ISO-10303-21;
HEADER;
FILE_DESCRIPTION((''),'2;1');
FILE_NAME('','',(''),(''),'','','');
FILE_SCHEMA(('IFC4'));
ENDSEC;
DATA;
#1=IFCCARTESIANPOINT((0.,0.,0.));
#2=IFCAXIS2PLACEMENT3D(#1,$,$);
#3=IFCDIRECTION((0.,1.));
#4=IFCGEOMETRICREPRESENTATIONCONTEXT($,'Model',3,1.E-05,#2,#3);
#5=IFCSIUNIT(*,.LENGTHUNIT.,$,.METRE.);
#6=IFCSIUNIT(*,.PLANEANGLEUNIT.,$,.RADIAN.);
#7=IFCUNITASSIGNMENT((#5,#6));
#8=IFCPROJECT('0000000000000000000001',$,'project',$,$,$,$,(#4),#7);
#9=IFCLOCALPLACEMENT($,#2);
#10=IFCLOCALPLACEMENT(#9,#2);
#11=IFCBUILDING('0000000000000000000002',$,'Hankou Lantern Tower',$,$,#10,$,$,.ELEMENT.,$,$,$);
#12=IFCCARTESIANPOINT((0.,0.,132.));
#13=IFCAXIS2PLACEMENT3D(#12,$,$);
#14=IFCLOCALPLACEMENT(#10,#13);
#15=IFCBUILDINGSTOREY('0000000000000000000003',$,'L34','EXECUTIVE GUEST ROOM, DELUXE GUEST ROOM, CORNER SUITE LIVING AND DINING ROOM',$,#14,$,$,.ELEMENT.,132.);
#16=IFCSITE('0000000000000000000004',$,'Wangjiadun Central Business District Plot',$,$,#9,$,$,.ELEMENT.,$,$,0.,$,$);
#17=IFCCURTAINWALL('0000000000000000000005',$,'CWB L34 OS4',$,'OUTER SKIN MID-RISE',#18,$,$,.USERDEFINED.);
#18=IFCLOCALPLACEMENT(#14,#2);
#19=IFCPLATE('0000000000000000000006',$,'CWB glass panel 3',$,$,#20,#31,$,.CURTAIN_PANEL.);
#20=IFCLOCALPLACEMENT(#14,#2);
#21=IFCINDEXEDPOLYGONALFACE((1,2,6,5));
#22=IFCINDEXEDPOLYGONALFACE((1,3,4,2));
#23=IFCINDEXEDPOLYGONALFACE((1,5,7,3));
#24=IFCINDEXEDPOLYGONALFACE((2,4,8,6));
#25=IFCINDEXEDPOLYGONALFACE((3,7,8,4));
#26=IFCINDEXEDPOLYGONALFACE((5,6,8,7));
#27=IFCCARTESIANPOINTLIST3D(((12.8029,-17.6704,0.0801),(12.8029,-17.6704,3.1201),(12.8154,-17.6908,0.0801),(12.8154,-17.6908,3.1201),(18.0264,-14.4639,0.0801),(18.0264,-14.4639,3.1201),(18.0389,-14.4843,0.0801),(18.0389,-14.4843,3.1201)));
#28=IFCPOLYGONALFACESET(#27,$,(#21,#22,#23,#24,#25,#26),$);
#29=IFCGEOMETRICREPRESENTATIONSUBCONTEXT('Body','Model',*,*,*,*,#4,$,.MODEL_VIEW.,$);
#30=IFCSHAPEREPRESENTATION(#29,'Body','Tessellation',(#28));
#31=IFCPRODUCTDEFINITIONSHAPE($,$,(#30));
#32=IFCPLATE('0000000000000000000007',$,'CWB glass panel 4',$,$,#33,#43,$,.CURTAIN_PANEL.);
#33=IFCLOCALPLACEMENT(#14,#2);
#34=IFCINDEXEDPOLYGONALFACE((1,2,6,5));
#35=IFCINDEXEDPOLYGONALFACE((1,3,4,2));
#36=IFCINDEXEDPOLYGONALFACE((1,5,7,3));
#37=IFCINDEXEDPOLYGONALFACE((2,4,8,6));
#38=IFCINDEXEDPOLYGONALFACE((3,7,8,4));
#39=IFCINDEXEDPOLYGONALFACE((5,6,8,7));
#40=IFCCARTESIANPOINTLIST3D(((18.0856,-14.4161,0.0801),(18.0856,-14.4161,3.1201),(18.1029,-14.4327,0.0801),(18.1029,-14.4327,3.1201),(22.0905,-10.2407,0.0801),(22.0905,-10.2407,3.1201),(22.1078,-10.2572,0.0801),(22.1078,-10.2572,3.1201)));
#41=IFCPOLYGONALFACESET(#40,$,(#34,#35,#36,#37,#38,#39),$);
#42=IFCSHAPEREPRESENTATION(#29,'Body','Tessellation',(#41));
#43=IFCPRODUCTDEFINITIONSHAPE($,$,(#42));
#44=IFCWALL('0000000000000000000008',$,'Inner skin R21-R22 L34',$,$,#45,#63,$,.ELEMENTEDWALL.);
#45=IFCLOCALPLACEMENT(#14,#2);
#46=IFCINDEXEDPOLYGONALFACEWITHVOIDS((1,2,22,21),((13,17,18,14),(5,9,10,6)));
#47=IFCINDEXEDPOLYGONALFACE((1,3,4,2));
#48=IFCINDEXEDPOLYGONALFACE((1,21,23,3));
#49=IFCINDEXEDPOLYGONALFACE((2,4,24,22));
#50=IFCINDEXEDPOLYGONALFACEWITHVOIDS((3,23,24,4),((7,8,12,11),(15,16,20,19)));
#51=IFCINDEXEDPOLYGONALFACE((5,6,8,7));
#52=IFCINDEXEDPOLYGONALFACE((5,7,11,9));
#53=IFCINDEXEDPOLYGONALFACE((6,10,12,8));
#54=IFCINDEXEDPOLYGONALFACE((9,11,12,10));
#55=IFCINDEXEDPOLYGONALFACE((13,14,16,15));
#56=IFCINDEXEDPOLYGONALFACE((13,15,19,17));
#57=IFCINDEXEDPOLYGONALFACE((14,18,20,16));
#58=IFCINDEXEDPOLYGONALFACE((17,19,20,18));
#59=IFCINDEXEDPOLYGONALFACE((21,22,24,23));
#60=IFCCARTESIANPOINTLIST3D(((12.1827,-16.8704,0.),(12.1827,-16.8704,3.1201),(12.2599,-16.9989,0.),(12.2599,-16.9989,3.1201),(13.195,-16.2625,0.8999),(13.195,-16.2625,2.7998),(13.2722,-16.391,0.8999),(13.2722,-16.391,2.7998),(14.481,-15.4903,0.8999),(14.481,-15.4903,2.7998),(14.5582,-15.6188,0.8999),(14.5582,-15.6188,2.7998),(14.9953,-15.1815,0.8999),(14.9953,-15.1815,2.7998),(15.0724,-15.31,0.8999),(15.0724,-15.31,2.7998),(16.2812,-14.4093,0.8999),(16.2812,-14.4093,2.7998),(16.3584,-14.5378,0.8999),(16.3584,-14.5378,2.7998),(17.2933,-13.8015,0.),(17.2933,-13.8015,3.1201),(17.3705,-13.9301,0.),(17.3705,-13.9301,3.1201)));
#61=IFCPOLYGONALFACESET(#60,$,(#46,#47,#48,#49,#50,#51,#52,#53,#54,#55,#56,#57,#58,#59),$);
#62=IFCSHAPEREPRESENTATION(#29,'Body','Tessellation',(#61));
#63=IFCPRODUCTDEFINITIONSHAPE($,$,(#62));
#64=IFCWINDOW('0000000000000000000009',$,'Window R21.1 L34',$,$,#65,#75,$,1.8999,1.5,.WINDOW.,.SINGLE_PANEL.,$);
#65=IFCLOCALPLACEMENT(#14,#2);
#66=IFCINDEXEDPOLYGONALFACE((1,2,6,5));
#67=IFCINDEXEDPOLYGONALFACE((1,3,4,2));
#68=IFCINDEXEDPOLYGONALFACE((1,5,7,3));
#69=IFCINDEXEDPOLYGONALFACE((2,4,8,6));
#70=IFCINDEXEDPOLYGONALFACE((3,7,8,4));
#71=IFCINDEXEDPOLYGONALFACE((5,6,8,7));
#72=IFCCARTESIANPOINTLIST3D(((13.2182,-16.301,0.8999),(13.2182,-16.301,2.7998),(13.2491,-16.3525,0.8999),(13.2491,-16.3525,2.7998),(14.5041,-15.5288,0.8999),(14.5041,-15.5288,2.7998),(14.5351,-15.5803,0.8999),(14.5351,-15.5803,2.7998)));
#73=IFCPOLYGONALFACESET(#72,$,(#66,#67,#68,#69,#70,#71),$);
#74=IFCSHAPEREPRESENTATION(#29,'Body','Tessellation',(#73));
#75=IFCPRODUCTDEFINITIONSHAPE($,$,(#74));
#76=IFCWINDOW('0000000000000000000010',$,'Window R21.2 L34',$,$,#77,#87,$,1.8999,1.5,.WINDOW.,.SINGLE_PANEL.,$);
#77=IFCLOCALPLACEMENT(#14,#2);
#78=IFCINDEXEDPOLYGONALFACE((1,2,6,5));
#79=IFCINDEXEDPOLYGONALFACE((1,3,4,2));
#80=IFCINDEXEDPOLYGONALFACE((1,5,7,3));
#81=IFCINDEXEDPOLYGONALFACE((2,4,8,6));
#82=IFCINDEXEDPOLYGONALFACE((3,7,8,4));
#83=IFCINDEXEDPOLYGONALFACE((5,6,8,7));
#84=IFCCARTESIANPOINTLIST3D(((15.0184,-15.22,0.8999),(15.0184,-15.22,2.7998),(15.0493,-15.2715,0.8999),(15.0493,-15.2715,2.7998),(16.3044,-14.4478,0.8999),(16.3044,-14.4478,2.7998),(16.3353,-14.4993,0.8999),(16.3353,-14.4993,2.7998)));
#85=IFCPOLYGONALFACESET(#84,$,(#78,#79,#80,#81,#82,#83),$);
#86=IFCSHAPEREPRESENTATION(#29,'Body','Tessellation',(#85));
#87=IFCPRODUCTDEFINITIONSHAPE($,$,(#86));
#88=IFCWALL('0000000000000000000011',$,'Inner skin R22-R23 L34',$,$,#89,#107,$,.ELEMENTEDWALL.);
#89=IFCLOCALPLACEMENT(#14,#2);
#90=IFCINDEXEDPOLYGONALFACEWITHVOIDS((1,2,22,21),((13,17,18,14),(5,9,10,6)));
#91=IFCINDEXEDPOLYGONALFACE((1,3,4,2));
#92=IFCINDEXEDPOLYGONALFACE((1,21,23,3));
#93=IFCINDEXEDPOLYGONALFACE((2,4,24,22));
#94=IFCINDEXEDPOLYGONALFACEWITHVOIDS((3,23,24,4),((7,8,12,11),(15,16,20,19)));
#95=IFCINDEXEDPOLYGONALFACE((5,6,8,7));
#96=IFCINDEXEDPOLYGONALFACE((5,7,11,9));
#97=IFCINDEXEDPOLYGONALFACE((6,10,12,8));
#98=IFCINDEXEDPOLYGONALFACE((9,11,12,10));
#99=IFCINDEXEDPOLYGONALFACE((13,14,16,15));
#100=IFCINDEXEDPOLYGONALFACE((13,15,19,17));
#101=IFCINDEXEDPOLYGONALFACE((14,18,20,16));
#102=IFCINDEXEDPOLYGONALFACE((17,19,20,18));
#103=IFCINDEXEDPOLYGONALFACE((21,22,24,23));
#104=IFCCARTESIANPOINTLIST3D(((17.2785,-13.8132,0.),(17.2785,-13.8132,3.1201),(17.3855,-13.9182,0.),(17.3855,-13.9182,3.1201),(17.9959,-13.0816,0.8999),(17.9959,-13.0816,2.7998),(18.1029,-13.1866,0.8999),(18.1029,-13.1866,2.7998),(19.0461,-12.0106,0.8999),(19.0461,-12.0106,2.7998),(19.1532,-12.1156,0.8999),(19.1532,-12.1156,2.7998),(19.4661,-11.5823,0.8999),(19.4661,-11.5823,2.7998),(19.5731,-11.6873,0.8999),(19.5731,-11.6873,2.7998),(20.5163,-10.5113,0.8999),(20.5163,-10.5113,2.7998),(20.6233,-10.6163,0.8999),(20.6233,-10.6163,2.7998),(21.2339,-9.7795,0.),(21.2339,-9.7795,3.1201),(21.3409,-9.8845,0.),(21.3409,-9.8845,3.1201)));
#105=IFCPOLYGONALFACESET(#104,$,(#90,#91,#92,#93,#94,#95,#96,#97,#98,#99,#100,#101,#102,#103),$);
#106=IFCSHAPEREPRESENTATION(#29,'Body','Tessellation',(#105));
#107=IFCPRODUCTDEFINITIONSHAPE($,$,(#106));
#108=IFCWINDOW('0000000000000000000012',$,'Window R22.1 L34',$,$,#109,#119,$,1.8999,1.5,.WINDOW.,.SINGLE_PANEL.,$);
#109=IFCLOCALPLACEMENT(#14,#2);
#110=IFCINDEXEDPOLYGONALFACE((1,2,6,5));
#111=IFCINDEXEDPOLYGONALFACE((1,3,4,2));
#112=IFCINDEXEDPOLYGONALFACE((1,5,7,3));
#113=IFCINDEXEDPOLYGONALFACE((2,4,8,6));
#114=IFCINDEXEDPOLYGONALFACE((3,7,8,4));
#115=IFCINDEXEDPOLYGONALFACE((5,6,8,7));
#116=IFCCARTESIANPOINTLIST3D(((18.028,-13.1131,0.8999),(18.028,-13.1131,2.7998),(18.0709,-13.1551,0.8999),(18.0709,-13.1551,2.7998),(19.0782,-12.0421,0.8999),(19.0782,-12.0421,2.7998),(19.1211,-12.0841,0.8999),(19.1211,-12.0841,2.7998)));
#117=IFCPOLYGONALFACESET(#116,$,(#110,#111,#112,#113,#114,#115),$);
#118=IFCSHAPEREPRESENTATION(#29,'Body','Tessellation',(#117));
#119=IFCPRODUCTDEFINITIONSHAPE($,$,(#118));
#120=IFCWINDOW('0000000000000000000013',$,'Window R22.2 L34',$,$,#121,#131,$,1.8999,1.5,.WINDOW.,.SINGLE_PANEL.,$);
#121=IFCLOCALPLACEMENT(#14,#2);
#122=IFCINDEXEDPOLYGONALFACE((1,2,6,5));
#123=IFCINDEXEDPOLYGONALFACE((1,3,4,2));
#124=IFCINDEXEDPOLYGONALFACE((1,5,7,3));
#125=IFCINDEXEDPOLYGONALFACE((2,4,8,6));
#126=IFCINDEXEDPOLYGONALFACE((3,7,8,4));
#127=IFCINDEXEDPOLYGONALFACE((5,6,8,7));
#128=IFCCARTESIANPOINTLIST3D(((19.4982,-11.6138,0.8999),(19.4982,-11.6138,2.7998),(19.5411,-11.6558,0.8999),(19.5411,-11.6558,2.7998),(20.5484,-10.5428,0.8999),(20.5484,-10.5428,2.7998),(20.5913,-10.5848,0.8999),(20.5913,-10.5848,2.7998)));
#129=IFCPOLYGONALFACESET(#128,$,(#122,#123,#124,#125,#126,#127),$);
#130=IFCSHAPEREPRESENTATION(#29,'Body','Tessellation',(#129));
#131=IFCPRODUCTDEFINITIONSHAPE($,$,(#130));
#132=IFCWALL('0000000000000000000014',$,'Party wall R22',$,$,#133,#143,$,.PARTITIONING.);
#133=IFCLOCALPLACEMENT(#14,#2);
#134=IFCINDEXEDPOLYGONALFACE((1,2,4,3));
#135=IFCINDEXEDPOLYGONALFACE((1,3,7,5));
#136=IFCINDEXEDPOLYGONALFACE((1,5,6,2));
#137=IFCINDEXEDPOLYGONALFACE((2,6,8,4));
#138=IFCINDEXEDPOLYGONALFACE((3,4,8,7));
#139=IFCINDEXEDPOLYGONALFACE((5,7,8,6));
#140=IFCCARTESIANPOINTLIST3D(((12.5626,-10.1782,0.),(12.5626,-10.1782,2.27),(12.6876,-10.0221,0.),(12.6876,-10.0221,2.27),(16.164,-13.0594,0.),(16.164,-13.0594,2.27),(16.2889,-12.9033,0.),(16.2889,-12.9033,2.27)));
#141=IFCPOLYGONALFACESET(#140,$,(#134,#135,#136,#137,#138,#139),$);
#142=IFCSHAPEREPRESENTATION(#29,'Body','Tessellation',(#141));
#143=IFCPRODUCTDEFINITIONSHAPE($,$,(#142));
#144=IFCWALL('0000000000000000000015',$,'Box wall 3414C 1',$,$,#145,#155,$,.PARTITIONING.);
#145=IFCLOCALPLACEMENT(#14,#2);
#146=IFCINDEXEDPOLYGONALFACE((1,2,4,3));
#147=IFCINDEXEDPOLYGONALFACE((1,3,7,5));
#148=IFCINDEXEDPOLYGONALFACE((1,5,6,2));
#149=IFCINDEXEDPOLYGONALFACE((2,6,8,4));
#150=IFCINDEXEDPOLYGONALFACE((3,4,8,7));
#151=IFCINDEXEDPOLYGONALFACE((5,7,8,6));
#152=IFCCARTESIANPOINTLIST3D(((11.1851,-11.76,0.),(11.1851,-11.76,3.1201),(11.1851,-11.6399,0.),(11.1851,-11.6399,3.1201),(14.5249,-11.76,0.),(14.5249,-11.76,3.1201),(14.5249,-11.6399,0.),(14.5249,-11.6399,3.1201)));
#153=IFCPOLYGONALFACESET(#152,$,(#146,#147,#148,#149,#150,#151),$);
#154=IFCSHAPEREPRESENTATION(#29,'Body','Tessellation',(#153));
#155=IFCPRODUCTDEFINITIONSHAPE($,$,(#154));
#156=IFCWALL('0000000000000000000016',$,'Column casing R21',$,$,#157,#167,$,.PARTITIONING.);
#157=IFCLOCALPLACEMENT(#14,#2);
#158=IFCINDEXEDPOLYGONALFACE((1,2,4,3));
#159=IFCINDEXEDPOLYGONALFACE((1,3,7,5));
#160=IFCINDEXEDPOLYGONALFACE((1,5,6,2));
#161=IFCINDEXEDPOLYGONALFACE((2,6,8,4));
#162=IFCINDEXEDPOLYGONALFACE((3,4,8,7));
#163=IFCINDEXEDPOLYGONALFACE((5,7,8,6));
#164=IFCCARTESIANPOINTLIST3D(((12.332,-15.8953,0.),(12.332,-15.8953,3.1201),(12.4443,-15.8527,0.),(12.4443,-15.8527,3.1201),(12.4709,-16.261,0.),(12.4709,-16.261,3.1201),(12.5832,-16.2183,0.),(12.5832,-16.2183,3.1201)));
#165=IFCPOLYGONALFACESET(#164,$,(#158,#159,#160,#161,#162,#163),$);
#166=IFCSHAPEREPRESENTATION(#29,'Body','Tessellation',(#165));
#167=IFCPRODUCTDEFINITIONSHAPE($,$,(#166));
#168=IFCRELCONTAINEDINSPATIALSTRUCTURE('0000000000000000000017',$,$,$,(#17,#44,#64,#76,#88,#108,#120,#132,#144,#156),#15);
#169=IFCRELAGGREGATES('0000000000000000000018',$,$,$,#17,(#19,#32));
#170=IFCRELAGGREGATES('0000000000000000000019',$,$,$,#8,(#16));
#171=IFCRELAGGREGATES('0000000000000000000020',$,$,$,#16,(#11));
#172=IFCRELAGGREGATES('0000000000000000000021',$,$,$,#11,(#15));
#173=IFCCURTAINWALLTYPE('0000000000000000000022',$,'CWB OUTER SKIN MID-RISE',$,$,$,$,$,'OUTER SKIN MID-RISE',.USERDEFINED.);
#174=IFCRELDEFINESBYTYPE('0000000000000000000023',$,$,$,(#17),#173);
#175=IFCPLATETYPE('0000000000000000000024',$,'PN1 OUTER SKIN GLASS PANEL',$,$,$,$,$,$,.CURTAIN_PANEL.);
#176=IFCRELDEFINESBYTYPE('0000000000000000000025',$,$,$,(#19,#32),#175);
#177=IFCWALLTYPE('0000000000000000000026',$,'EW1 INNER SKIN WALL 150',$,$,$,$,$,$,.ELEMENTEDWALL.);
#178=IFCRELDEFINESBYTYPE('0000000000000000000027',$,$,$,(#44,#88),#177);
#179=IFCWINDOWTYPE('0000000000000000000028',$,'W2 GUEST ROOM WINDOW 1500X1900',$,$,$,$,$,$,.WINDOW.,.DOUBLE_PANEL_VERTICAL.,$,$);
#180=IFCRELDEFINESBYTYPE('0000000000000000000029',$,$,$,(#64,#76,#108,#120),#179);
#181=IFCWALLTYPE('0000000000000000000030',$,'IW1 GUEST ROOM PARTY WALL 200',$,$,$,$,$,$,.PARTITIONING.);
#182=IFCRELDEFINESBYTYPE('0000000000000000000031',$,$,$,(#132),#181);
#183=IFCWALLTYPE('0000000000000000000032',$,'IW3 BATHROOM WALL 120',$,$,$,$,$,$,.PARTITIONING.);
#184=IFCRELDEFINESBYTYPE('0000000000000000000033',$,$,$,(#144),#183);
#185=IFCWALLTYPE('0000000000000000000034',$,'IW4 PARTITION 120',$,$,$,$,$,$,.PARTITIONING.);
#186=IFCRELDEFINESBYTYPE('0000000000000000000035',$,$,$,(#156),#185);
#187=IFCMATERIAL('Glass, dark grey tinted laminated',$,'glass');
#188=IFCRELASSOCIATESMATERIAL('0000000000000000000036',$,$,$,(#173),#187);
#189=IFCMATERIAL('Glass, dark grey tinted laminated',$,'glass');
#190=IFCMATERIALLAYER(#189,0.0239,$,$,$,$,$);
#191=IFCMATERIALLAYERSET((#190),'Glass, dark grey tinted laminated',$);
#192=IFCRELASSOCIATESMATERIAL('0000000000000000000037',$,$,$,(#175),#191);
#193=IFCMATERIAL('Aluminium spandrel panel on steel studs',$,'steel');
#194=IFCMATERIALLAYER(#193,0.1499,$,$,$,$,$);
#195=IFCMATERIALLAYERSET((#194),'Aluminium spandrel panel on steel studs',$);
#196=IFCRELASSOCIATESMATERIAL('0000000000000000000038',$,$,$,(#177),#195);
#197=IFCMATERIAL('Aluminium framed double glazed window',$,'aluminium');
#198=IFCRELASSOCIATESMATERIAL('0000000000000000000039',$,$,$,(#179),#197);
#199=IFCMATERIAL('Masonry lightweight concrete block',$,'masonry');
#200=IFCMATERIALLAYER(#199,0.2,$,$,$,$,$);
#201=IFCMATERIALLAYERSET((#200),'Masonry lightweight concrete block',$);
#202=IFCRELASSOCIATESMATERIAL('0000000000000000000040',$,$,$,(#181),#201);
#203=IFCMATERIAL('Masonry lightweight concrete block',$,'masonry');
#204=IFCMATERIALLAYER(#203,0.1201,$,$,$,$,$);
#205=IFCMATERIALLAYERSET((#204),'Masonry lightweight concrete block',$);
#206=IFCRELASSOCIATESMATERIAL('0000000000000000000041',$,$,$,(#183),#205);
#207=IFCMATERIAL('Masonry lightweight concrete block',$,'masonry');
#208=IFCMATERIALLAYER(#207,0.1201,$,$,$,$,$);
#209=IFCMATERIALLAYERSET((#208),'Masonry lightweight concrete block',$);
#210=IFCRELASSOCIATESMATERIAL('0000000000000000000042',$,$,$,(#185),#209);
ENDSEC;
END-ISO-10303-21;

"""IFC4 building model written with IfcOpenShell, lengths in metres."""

from ifc_helpers import new_model, si_unit, direction, frame, frame_2d, origin, origin_2d, place, context, subcontext, project, spatial, rectangle, extrude, material, layer, layer_set, type_object, element, fill, aggregate, save


model = new_model("IFC4")

# Units and contexts
model_context = context("Model", 3, precision=1e-05, world=origin(), true_north=direction((0.0, 1.0)))
body_context = subcontext(model_context, "Body", "Model", "MODEL_VIEW")
ifc_project = project(units=[si_unit("LENGTHUNIT", "METRE"), si_unit("PLANEANGLEUNIT", "RADIAN")], contexts=[model_context])

# Site, building, storey
site_placement = place(None, origin())
site = spatial("IfcSite", under=ifc_project, at=site_placement, Name="Wangjiadun Central Business District Plot", CompositionType="ELEMENT", RefElevation=0.0)
building_placement = place(site_placement, origin())
building = spatial("IfcBuilding", under=site, at=building_placement, Name="Hankou Lantern Tower", CompositionType="ELEMENT")
storey_placement = place(building_placement, frame((0.0, 0.0, 132.0)))
storey = spatial("IfcBuildingStorey", under=building, at=storey_placement, Name="L34", Description="EXECUTIVE GUEST ROOM, DELUXE GUEST ROOM, CORNER SUITE LIVING AND DINING ROOM", CompositionType="ELEMENT", Elevation=132.0)

# Curtain wall, plates
ifc_material_1 = material(Name="Glass, dark grey tinted laminated", Category="glass")
curtain_wall_type = type_object("IfcCurtainWallType", Name="CWB OUTER SKIN MID-RISE", ElementType="OUTER SKIN MID-RISE", PredefinedType="USERDEFINED", material=ifc_material_1)
curtain_wall_placement = place(storey_placement, origin())
curtain_wall = element("IfcCurtainWall", 1, at=curtain_wall_placement, inside=storey, type_object=curtain_wall_type, Name="CWB L34 OS4", ObjectType="OUTER SKIN MID-RISE", PredefinedType="USERDEFINED")
ifc_material_2 = material(Name="Glass, dark grey tinted laminated", Category="glass")
ifc_layer_1 = layer(ifc_material_2, 0.0239)
ifc_layer_set_1 = layer_set([ifc_layer_1], Name="Glass, dark grey tinted laminated")
plate_type = type_object("IfcPlateType", Name="PN1 OUTER SKIN GLASS PANEL", PredefinedType="CURTAIN_PANEL", material=ifc_layer_set_1)
plate_1_placement = place(storey_placement, frame((15.4209, -16.0774, 0.0801), z_axis=(0.0, 0.0, 1.0), x_axis=(0.852237, 0.523156, 0.0)))
plate_1 = element("IfcPlate", 2, at=plate_1_placement, type_object=plate_type, Name="CWB glass panel 3", PredefinedType="CURTAIN_PANEL", context=body_context, shape_type="SweptSolid", body=[
    extrude(rectangle(XDim=6.1292, YDim=0.0239, at=origin_2d()), origin(), (0.0, 0.0, 1.0), 3.04),
])
plate_2_placement = place(storey_placement, frame((20.0967, -12.3367, 0.0801), z_axis=(0.0, 0.0, 1.0), x_axis=(0.692216, 0.721691, 0.0)))
plate_2 = element("IfcPlate", 3, at=plate_2_placement, type_object=plate_type, Name="CWB glass panel 4", PredefinedType="CURTAIN_PANEL", context=body_context, shape_type="SweptSolid", body=[
    extrude(rectangle(XDim=5.7856, YDim=0.0239, at=origin_2d()), origin(), (0.0, 0.0, 1.0), 3.04),
])
aggregate(curtain_wall, [plate_1, plate_2])

# Walls, openings, windows
ifc_material_3 = material(Name="Aluminium spandrel panel on steel studs", Category="steel")
ifc_layer_2 = layer(ifc_material_3, 0.1499)
ifc_layer_set_2 = layer_set([ifc_layer_2], Name="Aluminium spandrel panel on steel studs")
wall_type_1 = type_object("IfcWallType", Name="EW1 INNER SKIN WALL 150", PredefinedType="ELEMENTEDWALL", material=ifc_layer_set_2)
wall_1_placement = place(storey_placement, frame((12.2214, -16.9346, 0.0), z_axis=(0.0, 0.0, 1.0), x_axis=(0.857309, 0.514803, 0.0)))
wall_1 = element("IfcWall", 4, at=wall_1_placement, inside=storey, type_object=wall_type_1, Name="Inner skin R21-R22 L34", PredefinedType="ELEMENTEDWALL", context=body_context, shape_type="SweptSolid", body=[
    extrude(rectangle(XDim=5.9612, YDim=0.1499, at=frame_2d((2.9805, 0.0))), origin(), (0.0, 0.0, 1.0), 3.1201),
])
opening_1_placement = place(wall_1_placement, frame((1.1807, 0.0, 0.8999)))
opening_1 = element("IfcOpeningElement", 5, at=opening_1_placement, cuts=wall_1, PredefinedType="OPENING", context=body_context, shape_type="SweptSolid", body=[
    extrude(rectangle(XDim=1.5, YDim=1.8999, at=frame_2d((0.75, 0.95))), frame((0.0, 0.085, 0.0), z_axis=(0.0, -1.0, 0.0), x_axis=(1.0, 0.0, 0.0)), (0.0, 0.0, 1.0), 0.1699),
])
opening_2_placement = place(wall_1_placement, frame((3.2805, 0.0, 0.8999)))
opening_2 = element("IfcOpeningElement", 6, at=opening_2_placement, cuts=wall_1, PredefinedType="OPENING", context=body_context, shape_type="SweptSolid", body=[
    extrude(rectangle(XDim=1.5, YDim=1.8999, at=frame_2d((0.75, 0.95))), frame((0.0, 0.085, 0.0), z_axis=(0.0, -1.0, 0.0), x_axis=(1.0, 0.0, 0.0)), (0.0, 0.0, 1.0), 0.1699),
])
ifc_material_4 = material(Name="Aluminium framed double glazed window", Category="aluminium")
window_type = type_object("IfcWindowType", Name="W2 GUEST ROOM WINDOW 1500X1900", PartitioningType="DOUBLE_PANEL_VERTICAL", PredefinedType="WINDOW", material=ifc_material_4)
window_1_placement = place(opening_1_placement, origin())
window_1 = element("IfcWindow", 7, at=window_1_placement, inside=storey, type_object=window_type, Name="Window R21.1 L34", OverallHeight=1.8999, OverallWidth=1.5, PartitioningType="SINGLE_PANEL", PredefinedType="WINDOW", context=body_context, shape_type="SweptSolid", body=[
    extrude(rectangle(XDim=1.5, YDim=1.8999, at=frame_2d((0.75, 0.95))), frame((0.0, 0.03, 0.0), z_axis=(0.0, -1.0, 0.0), x_axis=(1.0, 0.0, 0.0)), (0.0, 0.0, 1.0), 0.0601),
])
fill(opening_1, window_1)
window_2_placement = place(opening_2_placement, origin())
window_2 = element("IfcWindow", 8, at=window_2_placement, inside=storey, type_object=window_type, Name="Window R21.2 L34", OverallHeight=1.8999, OverallWidth=1.5, PartitioningType="SINGLE_PANEL", PredefinedType="WINDOW", context=body_context, shape_type="SweptSolid", body=[
    extrude(rectangle(XDim=1.5, YDim=1.8999, at=frame_2d((0.75, 0.95))), frame((0.0, 0.03, 0.0), z_axis=(0.0, -1.0, 0.0), x_axis=(1.0, 0.0, 0.0)), (0.0, 0.0, 1.0), 0.0601),
])
fill(opening_2, window_2)
wall_2_placement = place(storey_placement, frame((17.332, -13.8657, 0.0), z_axis=(0.0, 0.0, 1.0), x_axis=(0.700137, 0.714009, 0.0)))
wall_2 = element("IfcWall", 9, at=wall_2_placement, inside=storey, type_object=wall_type_1, Name="Inner skin R22-R23 L34", PredefinedType="ELEMENTEDWALL", context=body_context, shape_type="SweptSolid", body=[
    extrude(rectangle(XDim=5.6494, YDim=0.1499, at=frame_2d((2.8247, 0.0))), origin(), (0.0, 0.0, 1.0), 3.1201),
])
opening_3_placement = place(wall_2_placement, frame((1.0247, 0.0, 0.8999)))
opening_3 = element("IfcOpeningElement", 10, at=opening_3_placement, cuts=wall_2, PredefinedType="OPENING", context=body_context, shape_type="SweptSolid", body=[
    extrude(rectangle(XDim=1.5, YDim=1.8999, at=frame_2d((0.75, 0.95))), frame((0.0, 0.085, 0.0), z_axis=(0.0, -1.0, 0.0), x_axis=(1.0, 0.0, 0.0)), (0.0, 0.0, 1.0), 0.1699),
])
opening_4_placement = place(wall_2_placement, frame((3.1245, 0.0, 0.8999)))
opening_4 = element("IfcOpeningElement", 11, at=opening_4_placement, cuts=wall_2, PredefinedType="OPENING", context=body_context, shape_type="SweptSolid", body=[
    extrude(rectangle(XDim=1.5, YDim=1.8999, at=frame_2d((0.75, 0.95))), frame((0.0, 0.085, 0.0), z_axis=(0.0, -1.0, 0.0), x_axis=(1.0, 0.0, 0.0)), (0.0, 0.0, 1.0), 0.1699),
])
window_3_placement = place(opening_3_placement, origin())
window_3 = element("IfcWindow", 12, at=window_3_placement, inside=storey, type_object=window_type, Name="Window R22.1 L34", OverallHeight=1.8999, OverallWidth=1.5, PartitioningType="SINGLE_PANEL", PredefinedType="WINDOW", context=body_context, shape_type="SweptSolid", body=[
    extrude(rectangle(XDim=1.5, YDim=1.8999, at=frame_2d((0.75, 0.95))), frame((0.0, 0.03, 0.0), z_axis=(0.0, -1.0, 0.0), x_axis=(1.0, 0.0, 0.0)), (0.0, 0.0, 1.0), 0.0601),
])
fill(opening_3, window_3)
window_4_placement = place(opening_4_placement, origin())
window_4 = element("IfcWindow", 13, at=window_4_placement, inside=storey, type_object=window_type, Name="Window R22.2 L34", OverallHeight=1.8999, OverallWidth=1.5, PartitioningType="SINGLE_PANEL", PredefinedType="WINDOW", context=body_context, shape_type="SweptSolid", body=[
    extrude(rectangle(XDim=1.5, YDim=1.8999, at=frame_2d((0.75, 0.95))), frame((0.0, 0.03, 0.0), z_axis=(0.0, -1.0, 0.0), x_axis=(1.0, 0.0, 0.0)), (0.0, 0.0, 1.0), 0.0601),
])
fill(opening_4, window_4)

# Walls
ifc_material_5 = material(Name="Masonry lightweight concrete block", Category="masonry")
ifc_layer_3 = layer(ifc_material_5, 0.2)
ifc_layer_set_3 = layer_set([ifc_layer_3], Name="Masonry lightweight concrete block")
wall_type_2 = type_object("IfcWallType", Name="IW1 GUEST ROOM PARTY WALL 200", PredefinedType="PARTITIONING", material=ifc_layer_set_3)
wall_3_placement = place(storey_placement, frame((12.625, -10.1001, 0.0), z_axis=(0.0, 0.0, 1.0), x_axis=(0.780864, -0.624702, 0.0)))
element("IfcWall", 14, at=wall_3_placement, inside=storey, type_object=wall_type_2, Name="Party wall R22", PredefinedType="PARTITIONING", context=body_context, shape_type="SweptSolid", body=[
    extrude(rectangle(XDim=4.6121, YDim=0.2, at=frame_2d((2.3062, 0.0))), origin(), (0.0, 0.0, 1.0), 2.27),
])
ifc_material_6 = material(Name="Masonry lightweight concrete block", Category="masonry")
ifc_layer_4 = layer(ifc_material_6, 0.1201)
ifc_layer_set_4 = layer_set([ifc_layer_4], Name="Masonry lightweight concrete block")
wall_type_3 = type_object("IfcWallType", Name="IW3 BATHROOM WALL 120", PredefinedType="PARTITIONING", material=ifc_layer_set_4)
wall_4_placement = place(storey_placement, frame((14.5249, -11.7, 0.0), z_axis=(0.0, 0.0, 1.0), x_axis=(-1.0, 0.0, 0.0)))
element("IfcWall", 15, at=wall_4_placement, inside=storey, type_object=wall_type_3, Name="Box wall 3414C 1", PredefinedType="PARTITIONING", context=body_context, shape_type="SweptSolid", body=[
    extrude(rectangle(XDim=3.3398, YDim=0.1201, at=frame_2d((1.6699, 0.0))), origin(), (0.0, 0.0, 1.0), 3.1201),
])
ifc_material_7 = material(Name="Masonry lightweight concrete block", Category="masonry")
ifc_layer_5 = layer(ifc_material_7, 0.1201)
ifc_layer_set_5 = layer_set([ifc_layer_5], Name="Masonry lightweight concrete block")
wall_type_4 = type_object("IfcWallType", Name="IW4 PARTITION 120", PredefinedType="PARTITIONING", material=ifc_layer_set_5)
for number, where, z_axis, x_axis, name in (
    (16, (12.3882, -15.874, 0.0), (0.0, 0.0, 1.0), (0.355087, -0.934833, 0.0), "Column casing R21"),
):
    element("IfcWall", number, at=place(storey_placement, frame(where, z_axis=z_axis, x_axis=x_axis)), inside=storey, type_object=wall_type_4, Name=name, PredefinedType="PARTITIONING", context=body_context, shape_type="SweptSolid", body=[
        extrude(rectangle(XDim=0.3911, YDim=0.1201, at=frame_2d((0.1956, 0.0))), origin(), (0.0, 0.0, 1.0), 3.1201),
    ])

save(model, "model.ifc")
